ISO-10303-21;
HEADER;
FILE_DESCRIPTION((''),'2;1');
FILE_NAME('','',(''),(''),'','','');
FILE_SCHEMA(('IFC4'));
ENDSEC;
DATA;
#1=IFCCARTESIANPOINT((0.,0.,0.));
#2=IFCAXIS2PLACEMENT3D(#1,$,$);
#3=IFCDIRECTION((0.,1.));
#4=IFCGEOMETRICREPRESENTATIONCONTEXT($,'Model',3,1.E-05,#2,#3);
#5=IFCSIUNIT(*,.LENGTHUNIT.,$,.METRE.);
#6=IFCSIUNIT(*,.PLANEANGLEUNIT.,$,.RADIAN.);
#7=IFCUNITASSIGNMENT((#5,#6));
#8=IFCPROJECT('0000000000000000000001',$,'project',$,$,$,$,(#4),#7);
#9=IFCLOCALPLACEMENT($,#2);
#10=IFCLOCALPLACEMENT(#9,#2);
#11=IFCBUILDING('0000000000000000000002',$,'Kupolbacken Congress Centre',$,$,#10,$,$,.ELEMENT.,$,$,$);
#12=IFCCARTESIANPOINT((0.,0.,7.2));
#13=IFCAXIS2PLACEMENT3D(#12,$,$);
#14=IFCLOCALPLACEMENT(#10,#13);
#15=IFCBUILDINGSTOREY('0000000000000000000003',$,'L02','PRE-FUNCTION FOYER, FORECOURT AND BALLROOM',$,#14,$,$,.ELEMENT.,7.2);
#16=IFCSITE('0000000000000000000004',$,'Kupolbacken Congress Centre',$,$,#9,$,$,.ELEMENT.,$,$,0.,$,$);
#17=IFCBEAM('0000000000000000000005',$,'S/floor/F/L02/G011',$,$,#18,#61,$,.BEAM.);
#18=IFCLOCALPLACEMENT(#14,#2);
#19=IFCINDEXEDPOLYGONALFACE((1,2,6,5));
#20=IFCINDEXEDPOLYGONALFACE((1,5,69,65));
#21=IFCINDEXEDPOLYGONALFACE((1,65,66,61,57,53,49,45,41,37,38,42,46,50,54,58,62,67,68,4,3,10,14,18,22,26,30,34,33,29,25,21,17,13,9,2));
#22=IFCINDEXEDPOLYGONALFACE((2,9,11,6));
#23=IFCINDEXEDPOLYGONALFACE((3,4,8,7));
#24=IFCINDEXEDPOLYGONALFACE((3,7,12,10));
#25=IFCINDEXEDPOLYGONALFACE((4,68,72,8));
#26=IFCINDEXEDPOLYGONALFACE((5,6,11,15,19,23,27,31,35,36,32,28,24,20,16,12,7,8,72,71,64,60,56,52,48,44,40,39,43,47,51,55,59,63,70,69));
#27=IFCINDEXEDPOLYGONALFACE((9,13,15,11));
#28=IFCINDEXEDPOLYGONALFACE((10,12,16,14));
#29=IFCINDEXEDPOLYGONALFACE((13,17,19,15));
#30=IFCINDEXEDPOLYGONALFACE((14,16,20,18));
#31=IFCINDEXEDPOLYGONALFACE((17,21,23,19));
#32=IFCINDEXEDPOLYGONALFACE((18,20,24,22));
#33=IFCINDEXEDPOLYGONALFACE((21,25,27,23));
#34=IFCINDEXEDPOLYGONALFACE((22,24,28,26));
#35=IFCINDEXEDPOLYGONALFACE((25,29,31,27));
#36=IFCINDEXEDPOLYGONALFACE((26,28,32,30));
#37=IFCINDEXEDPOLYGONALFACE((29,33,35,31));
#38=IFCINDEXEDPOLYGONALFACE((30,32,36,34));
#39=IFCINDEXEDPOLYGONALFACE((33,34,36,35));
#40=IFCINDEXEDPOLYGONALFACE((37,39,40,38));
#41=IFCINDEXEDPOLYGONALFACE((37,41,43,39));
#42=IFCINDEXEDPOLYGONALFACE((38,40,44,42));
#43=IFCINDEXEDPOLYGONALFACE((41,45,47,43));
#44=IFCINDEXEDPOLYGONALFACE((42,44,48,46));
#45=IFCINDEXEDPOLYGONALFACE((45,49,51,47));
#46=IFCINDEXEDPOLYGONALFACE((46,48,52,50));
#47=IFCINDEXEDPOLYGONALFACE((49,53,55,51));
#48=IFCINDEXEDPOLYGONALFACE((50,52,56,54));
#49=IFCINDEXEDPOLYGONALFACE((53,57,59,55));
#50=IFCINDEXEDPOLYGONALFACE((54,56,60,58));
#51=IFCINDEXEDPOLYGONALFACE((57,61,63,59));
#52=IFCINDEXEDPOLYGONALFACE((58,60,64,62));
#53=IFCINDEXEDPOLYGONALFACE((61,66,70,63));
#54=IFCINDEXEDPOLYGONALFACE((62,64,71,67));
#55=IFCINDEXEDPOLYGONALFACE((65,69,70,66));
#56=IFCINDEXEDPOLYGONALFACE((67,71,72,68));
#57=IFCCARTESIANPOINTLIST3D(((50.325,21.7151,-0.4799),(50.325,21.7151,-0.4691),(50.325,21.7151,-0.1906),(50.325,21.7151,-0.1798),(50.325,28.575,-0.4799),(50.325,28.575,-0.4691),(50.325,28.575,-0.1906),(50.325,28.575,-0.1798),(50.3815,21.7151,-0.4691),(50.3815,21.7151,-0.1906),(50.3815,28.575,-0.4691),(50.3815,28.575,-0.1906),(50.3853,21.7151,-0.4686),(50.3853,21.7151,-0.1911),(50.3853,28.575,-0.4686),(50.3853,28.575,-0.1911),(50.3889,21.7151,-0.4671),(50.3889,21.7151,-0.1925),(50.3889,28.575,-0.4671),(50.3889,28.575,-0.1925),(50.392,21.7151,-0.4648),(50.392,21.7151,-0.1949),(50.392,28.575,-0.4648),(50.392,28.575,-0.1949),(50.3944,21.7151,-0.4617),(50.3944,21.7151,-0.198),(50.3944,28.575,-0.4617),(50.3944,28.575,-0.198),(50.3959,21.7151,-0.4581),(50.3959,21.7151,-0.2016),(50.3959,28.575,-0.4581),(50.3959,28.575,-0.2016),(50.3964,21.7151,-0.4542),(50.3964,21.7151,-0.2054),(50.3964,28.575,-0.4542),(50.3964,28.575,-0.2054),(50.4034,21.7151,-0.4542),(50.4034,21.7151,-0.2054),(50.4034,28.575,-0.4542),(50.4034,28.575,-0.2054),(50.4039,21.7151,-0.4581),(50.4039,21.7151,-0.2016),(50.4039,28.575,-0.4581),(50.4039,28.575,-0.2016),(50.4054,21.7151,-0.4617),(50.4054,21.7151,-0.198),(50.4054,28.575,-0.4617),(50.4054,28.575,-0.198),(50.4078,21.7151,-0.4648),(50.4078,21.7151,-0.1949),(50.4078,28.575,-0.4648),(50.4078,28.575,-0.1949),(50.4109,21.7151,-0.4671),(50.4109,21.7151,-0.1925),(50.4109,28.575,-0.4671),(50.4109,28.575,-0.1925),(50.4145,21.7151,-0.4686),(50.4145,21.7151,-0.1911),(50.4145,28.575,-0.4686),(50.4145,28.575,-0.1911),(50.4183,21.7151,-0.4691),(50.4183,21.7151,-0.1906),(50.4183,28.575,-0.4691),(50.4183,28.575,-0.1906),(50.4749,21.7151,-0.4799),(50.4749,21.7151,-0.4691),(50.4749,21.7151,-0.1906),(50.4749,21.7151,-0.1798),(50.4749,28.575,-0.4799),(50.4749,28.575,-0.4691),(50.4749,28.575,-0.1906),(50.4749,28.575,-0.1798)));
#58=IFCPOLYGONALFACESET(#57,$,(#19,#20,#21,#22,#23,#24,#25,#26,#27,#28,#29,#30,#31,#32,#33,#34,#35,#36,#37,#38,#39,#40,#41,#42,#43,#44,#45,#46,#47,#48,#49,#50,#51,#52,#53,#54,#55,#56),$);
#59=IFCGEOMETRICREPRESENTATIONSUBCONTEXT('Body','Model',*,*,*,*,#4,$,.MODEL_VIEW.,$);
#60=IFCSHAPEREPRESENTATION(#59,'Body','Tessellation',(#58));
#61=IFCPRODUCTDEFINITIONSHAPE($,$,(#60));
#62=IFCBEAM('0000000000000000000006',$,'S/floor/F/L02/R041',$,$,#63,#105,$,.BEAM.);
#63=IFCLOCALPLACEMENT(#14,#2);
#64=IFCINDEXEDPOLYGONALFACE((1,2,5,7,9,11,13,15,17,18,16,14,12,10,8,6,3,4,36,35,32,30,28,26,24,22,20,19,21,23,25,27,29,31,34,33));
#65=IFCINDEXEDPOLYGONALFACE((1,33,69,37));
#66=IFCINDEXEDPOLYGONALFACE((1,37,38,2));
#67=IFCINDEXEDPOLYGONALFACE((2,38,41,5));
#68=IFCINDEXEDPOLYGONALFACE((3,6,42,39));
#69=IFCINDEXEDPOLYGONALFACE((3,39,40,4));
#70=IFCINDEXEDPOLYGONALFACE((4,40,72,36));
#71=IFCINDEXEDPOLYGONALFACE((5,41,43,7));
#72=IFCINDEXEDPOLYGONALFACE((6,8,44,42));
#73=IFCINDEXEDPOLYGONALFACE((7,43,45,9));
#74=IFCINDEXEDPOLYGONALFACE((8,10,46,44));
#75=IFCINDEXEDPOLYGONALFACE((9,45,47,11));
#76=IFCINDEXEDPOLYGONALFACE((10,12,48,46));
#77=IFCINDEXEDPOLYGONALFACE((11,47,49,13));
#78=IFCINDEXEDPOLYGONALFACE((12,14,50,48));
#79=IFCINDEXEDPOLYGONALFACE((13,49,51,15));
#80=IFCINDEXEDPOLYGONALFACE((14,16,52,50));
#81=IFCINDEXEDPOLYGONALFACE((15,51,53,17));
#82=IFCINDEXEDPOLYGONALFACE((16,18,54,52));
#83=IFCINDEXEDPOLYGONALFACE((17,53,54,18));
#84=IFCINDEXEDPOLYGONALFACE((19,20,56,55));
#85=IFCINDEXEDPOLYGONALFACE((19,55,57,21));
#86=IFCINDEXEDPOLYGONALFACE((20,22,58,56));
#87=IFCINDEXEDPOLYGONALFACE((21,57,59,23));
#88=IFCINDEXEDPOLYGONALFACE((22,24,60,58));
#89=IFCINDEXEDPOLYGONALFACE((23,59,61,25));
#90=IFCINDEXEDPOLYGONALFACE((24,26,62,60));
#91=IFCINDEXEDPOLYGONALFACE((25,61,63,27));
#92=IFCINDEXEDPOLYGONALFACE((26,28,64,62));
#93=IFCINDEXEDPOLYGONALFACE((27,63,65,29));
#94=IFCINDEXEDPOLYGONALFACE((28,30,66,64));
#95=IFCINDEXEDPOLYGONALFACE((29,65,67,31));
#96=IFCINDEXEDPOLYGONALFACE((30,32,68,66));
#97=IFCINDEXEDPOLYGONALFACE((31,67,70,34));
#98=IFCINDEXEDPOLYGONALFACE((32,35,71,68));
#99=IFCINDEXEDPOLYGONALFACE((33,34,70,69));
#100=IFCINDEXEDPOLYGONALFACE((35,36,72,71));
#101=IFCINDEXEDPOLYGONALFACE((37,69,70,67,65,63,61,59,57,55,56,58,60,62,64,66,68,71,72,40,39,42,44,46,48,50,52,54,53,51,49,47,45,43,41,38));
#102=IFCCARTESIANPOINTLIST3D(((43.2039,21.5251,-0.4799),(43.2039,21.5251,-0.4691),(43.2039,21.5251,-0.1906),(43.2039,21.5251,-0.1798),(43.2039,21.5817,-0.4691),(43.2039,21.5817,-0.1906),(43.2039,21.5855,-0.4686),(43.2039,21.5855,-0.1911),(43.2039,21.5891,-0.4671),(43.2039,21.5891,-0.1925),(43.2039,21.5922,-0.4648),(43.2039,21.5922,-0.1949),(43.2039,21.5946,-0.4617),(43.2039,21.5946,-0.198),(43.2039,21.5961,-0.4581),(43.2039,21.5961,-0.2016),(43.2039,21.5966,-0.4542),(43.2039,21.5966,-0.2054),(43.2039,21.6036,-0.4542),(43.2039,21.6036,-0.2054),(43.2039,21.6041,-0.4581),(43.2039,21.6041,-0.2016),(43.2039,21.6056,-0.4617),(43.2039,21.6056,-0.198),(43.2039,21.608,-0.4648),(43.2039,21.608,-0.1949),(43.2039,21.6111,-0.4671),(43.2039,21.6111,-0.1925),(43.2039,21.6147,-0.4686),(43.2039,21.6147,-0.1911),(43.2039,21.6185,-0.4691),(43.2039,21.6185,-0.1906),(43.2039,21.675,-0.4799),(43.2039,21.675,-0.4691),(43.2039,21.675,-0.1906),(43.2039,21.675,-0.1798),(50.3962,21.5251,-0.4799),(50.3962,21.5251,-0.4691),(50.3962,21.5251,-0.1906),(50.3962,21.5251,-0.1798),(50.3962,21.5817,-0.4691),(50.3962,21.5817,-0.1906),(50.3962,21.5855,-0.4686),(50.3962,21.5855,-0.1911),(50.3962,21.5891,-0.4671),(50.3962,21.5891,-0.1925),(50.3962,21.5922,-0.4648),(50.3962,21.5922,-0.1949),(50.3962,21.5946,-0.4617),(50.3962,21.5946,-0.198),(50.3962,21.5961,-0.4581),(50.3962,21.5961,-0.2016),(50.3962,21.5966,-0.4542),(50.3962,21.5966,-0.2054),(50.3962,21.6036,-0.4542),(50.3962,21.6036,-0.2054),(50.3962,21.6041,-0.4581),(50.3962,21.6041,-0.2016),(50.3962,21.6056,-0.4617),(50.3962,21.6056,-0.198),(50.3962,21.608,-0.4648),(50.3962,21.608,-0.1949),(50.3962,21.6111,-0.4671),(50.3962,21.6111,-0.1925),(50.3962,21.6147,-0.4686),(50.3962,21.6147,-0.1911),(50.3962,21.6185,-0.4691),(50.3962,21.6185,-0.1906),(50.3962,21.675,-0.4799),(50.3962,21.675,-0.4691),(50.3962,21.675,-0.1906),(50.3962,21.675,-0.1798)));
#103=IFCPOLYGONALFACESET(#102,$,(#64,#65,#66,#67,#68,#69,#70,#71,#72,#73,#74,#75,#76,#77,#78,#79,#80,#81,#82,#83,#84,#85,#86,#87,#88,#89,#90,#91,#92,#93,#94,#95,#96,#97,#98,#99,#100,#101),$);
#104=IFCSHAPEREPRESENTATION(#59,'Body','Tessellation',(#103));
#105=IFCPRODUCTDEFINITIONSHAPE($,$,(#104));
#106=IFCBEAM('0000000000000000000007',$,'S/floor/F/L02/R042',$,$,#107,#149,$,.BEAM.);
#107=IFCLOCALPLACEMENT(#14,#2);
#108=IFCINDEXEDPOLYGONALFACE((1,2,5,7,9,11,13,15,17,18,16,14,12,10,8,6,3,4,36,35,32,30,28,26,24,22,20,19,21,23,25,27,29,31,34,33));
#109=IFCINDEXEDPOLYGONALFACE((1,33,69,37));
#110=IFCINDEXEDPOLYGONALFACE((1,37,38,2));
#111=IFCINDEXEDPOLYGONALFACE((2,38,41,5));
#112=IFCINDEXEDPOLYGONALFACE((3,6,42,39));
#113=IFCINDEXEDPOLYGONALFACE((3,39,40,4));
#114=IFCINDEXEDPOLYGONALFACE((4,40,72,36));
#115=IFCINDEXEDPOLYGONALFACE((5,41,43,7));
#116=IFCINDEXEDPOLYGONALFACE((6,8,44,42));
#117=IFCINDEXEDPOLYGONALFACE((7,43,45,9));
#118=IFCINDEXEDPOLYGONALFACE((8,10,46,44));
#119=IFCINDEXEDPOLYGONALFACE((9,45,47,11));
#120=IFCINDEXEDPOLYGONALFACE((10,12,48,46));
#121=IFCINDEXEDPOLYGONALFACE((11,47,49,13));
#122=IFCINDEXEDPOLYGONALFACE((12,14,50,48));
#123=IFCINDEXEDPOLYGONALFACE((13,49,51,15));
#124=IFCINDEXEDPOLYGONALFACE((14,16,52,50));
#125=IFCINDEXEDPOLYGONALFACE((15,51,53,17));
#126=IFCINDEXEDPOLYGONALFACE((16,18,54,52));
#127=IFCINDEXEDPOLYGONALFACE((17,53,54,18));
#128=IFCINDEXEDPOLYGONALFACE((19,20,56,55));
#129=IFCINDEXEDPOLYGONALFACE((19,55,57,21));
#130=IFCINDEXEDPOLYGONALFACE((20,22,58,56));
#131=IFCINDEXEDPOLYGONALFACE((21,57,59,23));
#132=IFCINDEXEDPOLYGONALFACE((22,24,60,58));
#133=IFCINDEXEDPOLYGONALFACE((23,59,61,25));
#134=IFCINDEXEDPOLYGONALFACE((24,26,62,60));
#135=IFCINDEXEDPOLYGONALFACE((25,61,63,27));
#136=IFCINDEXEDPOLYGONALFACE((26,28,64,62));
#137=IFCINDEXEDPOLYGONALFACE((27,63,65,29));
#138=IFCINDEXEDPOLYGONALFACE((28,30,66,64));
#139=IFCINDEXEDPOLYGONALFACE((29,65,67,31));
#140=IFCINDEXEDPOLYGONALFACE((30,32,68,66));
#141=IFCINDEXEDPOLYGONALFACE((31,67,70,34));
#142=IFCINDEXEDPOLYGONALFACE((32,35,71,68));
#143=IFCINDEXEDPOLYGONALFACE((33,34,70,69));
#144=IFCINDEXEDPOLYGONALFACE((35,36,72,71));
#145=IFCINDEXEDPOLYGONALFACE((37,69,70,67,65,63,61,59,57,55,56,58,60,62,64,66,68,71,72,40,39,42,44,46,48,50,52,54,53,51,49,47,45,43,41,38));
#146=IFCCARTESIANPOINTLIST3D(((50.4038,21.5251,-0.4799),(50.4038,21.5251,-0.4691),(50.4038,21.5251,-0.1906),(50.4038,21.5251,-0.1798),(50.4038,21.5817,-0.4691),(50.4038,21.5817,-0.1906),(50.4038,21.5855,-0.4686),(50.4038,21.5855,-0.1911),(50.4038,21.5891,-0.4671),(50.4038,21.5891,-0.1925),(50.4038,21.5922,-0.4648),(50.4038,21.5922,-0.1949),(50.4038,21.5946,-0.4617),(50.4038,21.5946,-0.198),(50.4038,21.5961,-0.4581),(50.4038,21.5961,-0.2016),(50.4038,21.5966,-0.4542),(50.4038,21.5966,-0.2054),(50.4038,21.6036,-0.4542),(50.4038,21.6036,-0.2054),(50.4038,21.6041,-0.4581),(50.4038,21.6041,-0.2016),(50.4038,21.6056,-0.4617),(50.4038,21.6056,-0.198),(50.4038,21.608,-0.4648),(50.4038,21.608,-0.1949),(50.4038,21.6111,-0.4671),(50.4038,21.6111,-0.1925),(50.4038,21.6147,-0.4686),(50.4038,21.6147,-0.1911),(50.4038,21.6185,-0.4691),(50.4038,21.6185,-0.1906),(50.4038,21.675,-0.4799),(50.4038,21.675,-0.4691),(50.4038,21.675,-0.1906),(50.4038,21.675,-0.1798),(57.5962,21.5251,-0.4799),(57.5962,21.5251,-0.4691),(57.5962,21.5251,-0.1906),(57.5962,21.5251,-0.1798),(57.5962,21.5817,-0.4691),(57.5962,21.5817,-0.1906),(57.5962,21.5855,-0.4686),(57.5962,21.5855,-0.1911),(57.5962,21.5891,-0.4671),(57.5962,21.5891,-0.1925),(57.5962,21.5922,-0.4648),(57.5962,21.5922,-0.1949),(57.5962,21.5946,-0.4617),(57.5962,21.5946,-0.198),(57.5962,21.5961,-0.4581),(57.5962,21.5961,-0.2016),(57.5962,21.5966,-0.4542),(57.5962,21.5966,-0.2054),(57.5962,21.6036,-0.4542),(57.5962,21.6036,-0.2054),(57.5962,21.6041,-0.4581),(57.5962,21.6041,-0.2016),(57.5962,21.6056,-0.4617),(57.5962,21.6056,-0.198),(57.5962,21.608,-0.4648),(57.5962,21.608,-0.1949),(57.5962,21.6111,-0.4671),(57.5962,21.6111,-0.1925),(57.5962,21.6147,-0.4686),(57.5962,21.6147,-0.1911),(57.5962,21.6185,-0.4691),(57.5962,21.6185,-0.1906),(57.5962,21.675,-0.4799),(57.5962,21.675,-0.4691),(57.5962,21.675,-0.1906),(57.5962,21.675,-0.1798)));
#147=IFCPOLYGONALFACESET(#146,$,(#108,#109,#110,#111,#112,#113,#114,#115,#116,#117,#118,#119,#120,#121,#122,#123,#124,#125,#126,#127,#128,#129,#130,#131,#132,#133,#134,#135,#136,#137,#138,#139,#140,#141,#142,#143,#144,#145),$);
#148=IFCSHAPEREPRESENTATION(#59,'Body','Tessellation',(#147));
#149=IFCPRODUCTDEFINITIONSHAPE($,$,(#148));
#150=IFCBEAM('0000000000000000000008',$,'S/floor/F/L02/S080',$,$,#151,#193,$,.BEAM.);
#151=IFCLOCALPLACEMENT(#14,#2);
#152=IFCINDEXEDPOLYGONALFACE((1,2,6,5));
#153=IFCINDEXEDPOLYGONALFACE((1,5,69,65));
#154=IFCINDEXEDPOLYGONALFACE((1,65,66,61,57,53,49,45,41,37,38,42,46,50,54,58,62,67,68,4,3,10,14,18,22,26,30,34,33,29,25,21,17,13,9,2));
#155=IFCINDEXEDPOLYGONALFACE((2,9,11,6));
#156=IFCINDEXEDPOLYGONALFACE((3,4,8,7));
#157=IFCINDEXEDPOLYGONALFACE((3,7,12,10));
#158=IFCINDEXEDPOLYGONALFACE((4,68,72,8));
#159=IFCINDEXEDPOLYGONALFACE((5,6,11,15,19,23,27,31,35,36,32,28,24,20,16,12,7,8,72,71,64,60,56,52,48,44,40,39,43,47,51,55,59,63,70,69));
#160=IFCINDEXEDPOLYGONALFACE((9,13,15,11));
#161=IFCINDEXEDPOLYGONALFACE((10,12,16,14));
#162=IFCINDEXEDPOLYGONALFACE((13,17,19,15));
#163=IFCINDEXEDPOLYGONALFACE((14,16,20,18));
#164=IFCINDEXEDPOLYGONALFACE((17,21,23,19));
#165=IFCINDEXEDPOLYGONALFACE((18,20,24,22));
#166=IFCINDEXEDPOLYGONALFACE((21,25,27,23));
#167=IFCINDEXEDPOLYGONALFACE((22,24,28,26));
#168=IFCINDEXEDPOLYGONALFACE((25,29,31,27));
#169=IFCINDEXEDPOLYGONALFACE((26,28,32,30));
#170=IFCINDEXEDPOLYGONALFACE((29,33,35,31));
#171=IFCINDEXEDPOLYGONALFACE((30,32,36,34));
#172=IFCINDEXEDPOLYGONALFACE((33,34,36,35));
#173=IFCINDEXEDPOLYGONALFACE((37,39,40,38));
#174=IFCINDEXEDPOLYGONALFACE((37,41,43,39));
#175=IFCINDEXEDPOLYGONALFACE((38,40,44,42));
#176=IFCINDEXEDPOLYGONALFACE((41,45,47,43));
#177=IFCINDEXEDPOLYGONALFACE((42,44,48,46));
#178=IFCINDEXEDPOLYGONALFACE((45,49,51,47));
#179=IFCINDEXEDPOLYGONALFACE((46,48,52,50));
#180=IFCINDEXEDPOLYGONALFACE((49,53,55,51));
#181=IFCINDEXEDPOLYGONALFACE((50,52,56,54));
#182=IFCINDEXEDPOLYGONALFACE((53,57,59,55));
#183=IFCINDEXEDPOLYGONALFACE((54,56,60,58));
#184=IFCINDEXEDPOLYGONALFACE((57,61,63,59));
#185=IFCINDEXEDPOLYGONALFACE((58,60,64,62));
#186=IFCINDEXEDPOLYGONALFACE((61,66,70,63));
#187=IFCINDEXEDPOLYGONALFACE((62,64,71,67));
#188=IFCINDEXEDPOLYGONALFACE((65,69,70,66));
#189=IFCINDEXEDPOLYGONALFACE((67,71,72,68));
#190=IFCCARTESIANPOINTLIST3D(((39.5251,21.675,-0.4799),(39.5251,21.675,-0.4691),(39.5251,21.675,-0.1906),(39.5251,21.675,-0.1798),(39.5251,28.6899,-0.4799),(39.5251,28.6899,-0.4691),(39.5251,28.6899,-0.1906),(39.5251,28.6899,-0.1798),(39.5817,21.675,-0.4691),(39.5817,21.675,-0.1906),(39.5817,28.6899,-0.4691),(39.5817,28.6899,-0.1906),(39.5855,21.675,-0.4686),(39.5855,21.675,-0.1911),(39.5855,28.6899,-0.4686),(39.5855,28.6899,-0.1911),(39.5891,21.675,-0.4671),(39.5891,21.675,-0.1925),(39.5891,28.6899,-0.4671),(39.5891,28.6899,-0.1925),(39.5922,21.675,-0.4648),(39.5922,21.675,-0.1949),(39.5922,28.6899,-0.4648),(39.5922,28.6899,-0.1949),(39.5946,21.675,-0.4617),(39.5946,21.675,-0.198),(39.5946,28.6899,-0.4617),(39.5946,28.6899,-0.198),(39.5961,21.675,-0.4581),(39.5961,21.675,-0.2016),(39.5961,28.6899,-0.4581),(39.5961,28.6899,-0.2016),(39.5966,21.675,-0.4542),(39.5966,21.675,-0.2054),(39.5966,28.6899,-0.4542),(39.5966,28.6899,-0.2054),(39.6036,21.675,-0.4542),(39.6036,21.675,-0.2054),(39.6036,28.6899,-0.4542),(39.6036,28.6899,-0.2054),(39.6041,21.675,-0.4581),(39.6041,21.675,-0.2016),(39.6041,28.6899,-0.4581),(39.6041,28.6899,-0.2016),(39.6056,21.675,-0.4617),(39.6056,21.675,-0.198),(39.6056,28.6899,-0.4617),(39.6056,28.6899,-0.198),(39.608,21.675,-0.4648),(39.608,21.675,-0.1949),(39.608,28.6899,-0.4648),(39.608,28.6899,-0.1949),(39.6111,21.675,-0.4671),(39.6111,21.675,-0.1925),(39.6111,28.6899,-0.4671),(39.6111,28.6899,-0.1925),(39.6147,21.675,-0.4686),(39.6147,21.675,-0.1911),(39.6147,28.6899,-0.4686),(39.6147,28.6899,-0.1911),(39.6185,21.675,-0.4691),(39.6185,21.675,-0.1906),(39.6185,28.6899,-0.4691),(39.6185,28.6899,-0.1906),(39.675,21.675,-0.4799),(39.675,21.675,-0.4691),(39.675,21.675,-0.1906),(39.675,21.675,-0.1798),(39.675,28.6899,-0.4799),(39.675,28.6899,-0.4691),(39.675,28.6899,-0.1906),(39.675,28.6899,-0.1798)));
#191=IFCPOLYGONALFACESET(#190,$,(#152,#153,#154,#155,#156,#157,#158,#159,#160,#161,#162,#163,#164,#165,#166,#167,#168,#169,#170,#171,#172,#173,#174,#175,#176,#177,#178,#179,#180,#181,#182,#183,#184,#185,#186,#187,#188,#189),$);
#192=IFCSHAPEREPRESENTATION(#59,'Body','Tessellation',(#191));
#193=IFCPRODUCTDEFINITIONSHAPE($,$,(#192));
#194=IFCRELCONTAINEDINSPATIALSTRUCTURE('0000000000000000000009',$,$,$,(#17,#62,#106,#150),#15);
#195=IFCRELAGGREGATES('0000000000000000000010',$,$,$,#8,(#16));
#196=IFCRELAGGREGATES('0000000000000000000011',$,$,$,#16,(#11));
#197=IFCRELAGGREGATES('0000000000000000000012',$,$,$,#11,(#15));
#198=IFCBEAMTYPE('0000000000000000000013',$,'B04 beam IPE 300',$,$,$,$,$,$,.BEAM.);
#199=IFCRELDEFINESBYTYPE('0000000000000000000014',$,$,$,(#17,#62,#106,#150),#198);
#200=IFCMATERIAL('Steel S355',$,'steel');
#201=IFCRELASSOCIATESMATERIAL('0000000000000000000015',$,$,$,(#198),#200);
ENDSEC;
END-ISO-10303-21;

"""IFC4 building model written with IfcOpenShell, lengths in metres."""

from ifc_helpers import new_model, si_unit, direction, frame, origin, origin_2d, place, context, subcontext, project, spatial, i_section, extrude, material, material_profile, profile_set, type_object, element, save


model = new_model("IFC4")

# Units and contexts
model_context = context("Model", 3, precision=1e-05, world=origin(), true_north=direction((0.0, 1.0)))
body_context = subcontext(model_context, "Body", "Model", "MODEL_VIEW")
ifc_project = project(units=[si_unit("LENGTHUNIT", "METRE"), si_unit("PLANEANGLEUNIT", "RADIAN")], contexts=[model_context])

# Site, building, storey
site_placement = place(None, origin())
site = spatial("IfcSite", under=ifc_project, at=site_placement, Name="Kupolbacken Congress Centre", CompositionType="ELEMENT", RefElevation=0.0)
building_placement = place(site_placement, origin())
building = spatial("IfcBuilding", under=site, at=building_placement, Name="Kupolbacken Congress Centre", CompositionType="ELEMENT")
storey_placement = place(building_placement, frame((0.0, 0.0, 7.2)))
storey = spatial("IfcBuildingStorey", under=building, at=storey_placement, Name="L02", Description="PRE-FUNCTION FOYER, FORECOURT AND BALLROOM", CompositionType="ELEMENT", Elevation=7.2)

# Beams
ifc_material_1 = material(Name="Steel S355", Category="steel")
ifc_material_profile_1 = material_profile(ifc_material_1, i_section(OverallWidth=0.1499, OverallDepth=0.3, WebThickness=0.0071, FlangeThickness=0.0107, FilletRadius=0.0149, at=origin_2d()), Name="IPE 300")
ifc_profile_set_1 = profile_set([ifc_material_profile_1], Name="Steel S355")
beam_type_1 = type_object("IfcBeamType", Name="B04 beam IPE 300", PredefinedType="BEAM", material=ifc_profile_set_1)
beam_1_placement = place(storey_placement, frame((50.3999, 21.7151, -0.3298), z_axis=(0.0, 1.0, 0.0), x_axis=(-1.0, 0.0, 0.0)))
element("IfcBeam", 1, at=beam_1_placement, inside=storey, type_object=beam_type_1, Name="S/floor/F/L02/G011", PredefinedType="BEAM", context=body_context, shape_type="SweptSolid", body=[
    extrude(i_section(OverallWidth=0.1499, OverallDepth=0.3, WebThickness=0.0071, FlangeThickness=0.0107, FilletRadius=0.0149, at=origin_2d()), origin(), (0.0, 0.0, 1.0), 6.8599),
])
for number, where, z_axis, x_axis, name in (
    (2, (43.2039, 21.6001, -0.3298), (1.0, 0.0, 0.0), (0.0, 1.0, 0.0), "S/floor/F/L02/R041"),
    (3, (50.4038, 21.6001, -0.3298), (1.0, 0.0, 0.0), (0.0, 1.0, 0.0), "S/floor/F/L02/R042"),
):
    element("IfcBeam", number, at=place(storey_placement, frame(where, z_axis=z_axis, x_axis=x_axis)), inside=storey, type_object=beam_type_1, Name=name, PredefinedType="BEAM", context=body_context, shape_type="SweptSolid", body=[
        extrude(i_section(OverallWidth=0.1499, OverallDepth=0.3, WebThickness=0.0071, FlangeThickness=0.0107, FilletRadius=0.0149, at=origin_2d()), origin(), (0.0, 0.0, 1.0), 7.1924),
    ])
beam_2_placement = place(storey_placement, frame((39.6001, 21.675, -0.3298), z_axis=(0.0, 1.0, 0.0), x_axis=(-1.0, 0.0, 0.0)))
element("IfcBeam", 4, at=beam_2_placement, inside=storey, type_object=beam_type_1, Name="S/floor/F/L02/S080", PredefinedType="BEAM", context=body_context, shape_type="SweptSolid", body=[
    extrude(i_section(OverallWidth=0.1499, OverallDepth=0.3, WebThickness=0.0071, FlangeThickness=0.0107, FilletRadius=0.0149, at=origin_2d()), origin(), (0.0, 0.0, 1.0), 7.0149),
])

save(model, "model.ifc")
